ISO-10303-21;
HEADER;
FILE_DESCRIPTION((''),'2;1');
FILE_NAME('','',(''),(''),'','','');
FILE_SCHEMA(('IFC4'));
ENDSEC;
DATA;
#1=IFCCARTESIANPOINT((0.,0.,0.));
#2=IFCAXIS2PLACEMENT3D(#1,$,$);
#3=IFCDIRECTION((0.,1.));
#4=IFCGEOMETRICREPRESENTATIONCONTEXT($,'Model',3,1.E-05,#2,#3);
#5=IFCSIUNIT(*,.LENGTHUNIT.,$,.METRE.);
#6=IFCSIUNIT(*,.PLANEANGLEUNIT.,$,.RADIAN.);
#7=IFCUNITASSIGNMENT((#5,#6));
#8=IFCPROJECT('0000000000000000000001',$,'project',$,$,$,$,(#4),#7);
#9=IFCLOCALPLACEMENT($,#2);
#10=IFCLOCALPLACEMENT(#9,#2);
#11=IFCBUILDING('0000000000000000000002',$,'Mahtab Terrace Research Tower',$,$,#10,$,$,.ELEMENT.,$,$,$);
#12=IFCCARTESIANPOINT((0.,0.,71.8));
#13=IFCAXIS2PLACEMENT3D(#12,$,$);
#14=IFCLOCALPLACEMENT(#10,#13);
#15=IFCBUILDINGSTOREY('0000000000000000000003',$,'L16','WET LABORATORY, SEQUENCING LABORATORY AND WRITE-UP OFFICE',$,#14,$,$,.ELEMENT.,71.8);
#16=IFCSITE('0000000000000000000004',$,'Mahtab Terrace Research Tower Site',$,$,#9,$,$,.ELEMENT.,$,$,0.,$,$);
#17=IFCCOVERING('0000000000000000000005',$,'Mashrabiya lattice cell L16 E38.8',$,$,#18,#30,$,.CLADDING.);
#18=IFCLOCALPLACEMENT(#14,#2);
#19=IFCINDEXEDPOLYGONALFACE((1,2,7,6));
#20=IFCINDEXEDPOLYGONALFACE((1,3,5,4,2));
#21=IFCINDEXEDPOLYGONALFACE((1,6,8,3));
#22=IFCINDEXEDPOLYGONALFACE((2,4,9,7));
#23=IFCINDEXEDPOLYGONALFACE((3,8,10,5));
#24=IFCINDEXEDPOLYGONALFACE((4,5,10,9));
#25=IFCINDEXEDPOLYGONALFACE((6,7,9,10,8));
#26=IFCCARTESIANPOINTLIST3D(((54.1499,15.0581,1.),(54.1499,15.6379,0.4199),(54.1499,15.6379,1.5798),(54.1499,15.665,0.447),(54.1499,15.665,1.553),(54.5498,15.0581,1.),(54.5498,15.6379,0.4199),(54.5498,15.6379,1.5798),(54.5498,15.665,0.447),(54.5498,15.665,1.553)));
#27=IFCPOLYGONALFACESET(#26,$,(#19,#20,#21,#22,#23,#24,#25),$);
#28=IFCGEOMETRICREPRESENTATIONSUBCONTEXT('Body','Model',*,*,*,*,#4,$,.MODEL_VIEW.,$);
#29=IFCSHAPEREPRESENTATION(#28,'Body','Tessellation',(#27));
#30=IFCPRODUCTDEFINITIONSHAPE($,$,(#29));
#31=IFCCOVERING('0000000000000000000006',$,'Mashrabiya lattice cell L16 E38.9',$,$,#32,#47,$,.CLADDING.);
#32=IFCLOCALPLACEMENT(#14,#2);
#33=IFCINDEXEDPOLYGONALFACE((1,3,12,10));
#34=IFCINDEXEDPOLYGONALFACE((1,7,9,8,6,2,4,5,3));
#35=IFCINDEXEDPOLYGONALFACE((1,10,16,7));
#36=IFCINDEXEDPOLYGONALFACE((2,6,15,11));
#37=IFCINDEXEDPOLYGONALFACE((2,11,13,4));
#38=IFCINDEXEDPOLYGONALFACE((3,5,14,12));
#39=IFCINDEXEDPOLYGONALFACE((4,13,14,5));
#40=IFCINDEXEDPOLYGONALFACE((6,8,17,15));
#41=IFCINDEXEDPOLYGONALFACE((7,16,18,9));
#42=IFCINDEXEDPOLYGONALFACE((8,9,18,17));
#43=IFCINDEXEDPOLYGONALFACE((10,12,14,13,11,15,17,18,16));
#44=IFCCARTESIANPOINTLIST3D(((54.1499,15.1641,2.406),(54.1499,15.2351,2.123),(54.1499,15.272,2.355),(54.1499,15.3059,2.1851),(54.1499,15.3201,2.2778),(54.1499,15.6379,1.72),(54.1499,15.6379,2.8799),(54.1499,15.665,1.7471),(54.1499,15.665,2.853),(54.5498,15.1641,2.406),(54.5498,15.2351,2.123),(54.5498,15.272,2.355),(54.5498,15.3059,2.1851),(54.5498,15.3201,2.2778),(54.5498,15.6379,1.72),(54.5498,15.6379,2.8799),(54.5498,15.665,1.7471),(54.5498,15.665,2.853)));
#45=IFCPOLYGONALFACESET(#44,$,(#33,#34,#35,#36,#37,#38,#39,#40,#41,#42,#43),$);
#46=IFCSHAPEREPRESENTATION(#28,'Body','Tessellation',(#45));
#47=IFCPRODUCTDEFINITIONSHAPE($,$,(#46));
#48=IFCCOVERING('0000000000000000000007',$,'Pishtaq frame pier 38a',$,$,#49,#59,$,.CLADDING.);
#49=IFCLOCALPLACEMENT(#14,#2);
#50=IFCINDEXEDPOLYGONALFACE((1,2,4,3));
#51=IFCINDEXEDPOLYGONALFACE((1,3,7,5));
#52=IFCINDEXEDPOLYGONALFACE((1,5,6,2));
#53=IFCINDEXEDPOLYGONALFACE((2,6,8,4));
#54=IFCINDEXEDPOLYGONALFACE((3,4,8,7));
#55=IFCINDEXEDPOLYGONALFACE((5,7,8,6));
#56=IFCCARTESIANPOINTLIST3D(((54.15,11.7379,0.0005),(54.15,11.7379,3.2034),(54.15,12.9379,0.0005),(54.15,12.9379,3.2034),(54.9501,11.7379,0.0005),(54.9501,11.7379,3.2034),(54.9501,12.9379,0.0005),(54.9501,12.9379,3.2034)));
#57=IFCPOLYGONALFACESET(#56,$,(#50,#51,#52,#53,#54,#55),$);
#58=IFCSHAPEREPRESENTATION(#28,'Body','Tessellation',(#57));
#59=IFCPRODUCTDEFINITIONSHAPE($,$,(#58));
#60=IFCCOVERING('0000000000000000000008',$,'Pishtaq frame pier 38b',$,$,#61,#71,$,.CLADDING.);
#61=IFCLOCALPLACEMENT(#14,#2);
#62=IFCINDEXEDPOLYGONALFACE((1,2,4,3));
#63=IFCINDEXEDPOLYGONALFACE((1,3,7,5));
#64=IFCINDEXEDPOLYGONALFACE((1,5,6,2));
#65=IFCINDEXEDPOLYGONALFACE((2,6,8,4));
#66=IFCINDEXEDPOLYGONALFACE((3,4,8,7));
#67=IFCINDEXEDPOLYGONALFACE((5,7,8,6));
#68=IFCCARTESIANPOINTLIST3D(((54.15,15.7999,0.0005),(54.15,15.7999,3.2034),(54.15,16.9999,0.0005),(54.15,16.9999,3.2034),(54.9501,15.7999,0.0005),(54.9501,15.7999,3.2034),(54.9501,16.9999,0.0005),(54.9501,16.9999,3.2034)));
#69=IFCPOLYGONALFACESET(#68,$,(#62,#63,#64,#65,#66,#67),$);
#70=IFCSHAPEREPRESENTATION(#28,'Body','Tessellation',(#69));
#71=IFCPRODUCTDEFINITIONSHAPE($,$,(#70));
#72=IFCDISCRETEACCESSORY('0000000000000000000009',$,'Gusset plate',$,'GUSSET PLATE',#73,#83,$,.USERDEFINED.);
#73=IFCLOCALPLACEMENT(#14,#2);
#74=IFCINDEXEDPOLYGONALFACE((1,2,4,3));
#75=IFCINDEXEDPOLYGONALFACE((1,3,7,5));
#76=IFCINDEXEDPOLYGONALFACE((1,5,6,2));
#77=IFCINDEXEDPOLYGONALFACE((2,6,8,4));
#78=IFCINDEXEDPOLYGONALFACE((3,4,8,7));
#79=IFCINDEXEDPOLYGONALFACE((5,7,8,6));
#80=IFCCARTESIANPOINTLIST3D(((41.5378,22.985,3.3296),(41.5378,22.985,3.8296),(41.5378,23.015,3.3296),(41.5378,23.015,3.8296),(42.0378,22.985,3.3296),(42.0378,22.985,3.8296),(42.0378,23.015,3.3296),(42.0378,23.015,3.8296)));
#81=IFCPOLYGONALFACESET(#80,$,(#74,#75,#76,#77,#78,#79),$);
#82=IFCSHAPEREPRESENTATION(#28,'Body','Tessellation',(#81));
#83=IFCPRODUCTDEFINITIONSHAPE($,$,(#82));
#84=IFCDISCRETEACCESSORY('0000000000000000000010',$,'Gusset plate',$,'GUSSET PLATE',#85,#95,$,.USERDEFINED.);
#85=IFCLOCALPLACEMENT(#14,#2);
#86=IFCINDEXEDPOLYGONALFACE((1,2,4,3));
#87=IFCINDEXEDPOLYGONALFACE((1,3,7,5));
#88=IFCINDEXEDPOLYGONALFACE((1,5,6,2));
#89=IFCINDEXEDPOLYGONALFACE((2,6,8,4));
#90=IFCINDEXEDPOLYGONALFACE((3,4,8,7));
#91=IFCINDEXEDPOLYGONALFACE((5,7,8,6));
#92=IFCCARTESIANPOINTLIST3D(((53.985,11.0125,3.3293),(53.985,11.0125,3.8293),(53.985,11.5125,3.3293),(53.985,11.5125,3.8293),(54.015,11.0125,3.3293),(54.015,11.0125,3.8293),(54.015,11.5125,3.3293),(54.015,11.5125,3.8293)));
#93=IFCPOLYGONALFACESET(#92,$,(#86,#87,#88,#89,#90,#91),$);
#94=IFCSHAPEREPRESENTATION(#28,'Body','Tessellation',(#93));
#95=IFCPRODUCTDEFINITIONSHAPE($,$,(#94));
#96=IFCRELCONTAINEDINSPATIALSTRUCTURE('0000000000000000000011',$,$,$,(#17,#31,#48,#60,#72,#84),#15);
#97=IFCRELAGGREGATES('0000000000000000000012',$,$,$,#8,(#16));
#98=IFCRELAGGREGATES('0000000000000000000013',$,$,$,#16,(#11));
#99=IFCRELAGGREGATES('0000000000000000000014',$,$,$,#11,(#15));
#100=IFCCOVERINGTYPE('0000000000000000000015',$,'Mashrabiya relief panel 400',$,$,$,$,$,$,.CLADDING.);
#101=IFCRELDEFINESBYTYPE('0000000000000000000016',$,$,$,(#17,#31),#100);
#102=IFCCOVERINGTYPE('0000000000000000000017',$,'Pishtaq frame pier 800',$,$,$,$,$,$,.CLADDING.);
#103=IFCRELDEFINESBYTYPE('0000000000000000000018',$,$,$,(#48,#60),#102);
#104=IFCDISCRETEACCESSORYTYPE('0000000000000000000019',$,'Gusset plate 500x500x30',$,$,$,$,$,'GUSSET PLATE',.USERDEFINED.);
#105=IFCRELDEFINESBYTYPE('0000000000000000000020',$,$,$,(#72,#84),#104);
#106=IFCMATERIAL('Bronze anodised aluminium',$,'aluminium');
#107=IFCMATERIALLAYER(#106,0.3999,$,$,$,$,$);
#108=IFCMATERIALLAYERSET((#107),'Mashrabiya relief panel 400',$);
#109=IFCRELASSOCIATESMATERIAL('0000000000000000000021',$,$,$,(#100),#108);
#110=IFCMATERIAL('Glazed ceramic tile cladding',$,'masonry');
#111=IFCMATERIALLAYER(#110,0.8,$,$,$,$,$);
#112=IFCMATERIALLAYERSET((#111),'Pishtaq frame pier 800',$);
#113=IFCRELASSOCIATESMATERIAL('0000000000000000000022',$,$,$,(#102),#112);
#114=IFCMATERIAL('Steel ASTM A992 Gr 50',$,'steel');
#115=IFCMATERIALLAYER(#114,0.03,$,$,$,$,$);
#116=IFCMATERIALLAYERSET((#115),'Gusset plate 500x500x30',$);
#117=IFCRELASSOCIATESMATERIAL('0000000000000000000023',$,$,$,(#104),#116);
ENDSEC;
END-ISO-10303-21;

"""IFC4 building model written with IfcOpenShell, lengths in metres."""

from ifc_helpers import new_model, si_unit, direction, frame, origin, origin_2d, place, context, subcontext, project, spatial, polyline, rectangle, outline, extrude, material, layer, layer_set, type_object, element, save


model = new_model("IFC4")

# Units and contexts
model_context = context("Model", 3, precision=1e-05, world=origin(), true_north=direction((0.0, 1.0)))
body_context = subcontext(model_context, "Body", "Model", "MODEL_VIEW")
ifc_project = project(units=[si_unit("LENGTHUNIT", "METRE"), si_unit("PLANEANGLEUNIT", "RADIAN")], contexts=[model_context])

# Site, building, storey
site_placement = place(None, origin())
site = spatial("IfcSite", under=ifc_project, at=site_placement, Name="Mahtab Terrace Research Tower Site", CompositionType="ELEMENT", RefElevation=0.0)
building_placement = place(site_placement, origin())
building = spatial("IfcBuilding", under=site, at=building_placement, Name="Mahtab Terrace Research Tower", CompositionType="ELEMENT")
storey_placement = place(building_placement, frame((0.0, 0.0, 71.8)))
storey = spatial("IfcBuildingStorey", under=building, at=storey_placement, Name="L16", Description="WET LABORATORY, SEQUENCING LABORATORY AND WRITE-UP OFFICE", CompositionType="ELEMENT", Elevation=71.8)

# Shared definitions
ifc_material_1 = material(Name="Steel ASTM A992 Gr 50", Category="steel")

# Coverings
ifc_material_2 = material(Name="Bronze anodised aluminium", Category="aluminium")
ifc_layer_1 = layer(ifc_material_2, 0.3999)
ifc_layer_set_1 = layer_set([ifc_layer_1], Name="Mashrabiya relief panel 400")
covering_type_1 = type_object("IfcCoveringType", Name="Mashrabiya relief panel 400", PredefinedType="CLADDING", material=ifc_layer_set_1)
covering_1_placement = place(storey_placement, frame((54.1499, 15.6379, 0.4199), z_axis=(-1.0, 0.0, 0.0), x_axis=(0.0, -0.706958, 0.707256)))
element("IfcCovering", 1, at=covering_1_placement, inside=storey, type_object=covering_type_1, Name="Mashrabiya lattice cell L16 E38.8", PredefinedType="CLADDING", context=body_context, shape_type="SweptSolid", body=[
    extrude(outline(polyline([(0.0, 0.0), (0.8202, 0.0), (0.8204, 0.82), (0.7822, 0.8202), (0.0, 0.0383), (0.0, 0.0)])), origin(), (0.0, 0.0, -1.0), 0.3999),
])
covering_2_placement = place(storey_placement, frame((54.1499, 15.6379, 1.72), z_axis=(-1.0, 0.0, 0.0), x_axis=(0.0, -0.706893, 0.707321)))
element("IfcCovering", 2, at=covering_2_placement, inside=storey, type_object=covering_type_1, Name="Mashrabiya lattice cell L16 E38.9", PredefinedType="CLADDING", context=body_context, shape_type="SweptSolid", body=[
    extrude(outline(polyline([(0.0, 0.0), (0.5699, 0.0), (0.5637, 0.0939), (0.6193, 0.1695), (0.7079, 0.19), (0.8202, 0.1498), (0.8204, 0.8199), (0.7823, 0.8201), (0.0, 0.0383), (0.0, 0.0)])), origin(), (0.0, 0.0, -1.0), 0.3999),
])
ifc_material_3 = material(Name="Glazed ceramic tile cladding", Category="masonry")
ifc_layer_2 = layer(ifc_material_3, 0.8)
ifc_layer_set_2 = layer_set([ifc_layer_2], Name="Pishtaq frame pier 800")
covering_type_2 = type_object("IfcCoveringType", Name="Pishtaq frame pier 800", PredefinedType="CLADDING", material=ifc_layer_set_2)
for number, where, z_axis, x_axis, name in (
    (3, (54.55, 12.3379, 0.0005), (0.0, 0.0, 1.0), (0.0, 1.0, 0.0), "Pishtaq frame pier 38a"),
    (4, (54.55, 16.3999, 0.0005), (0.0, 0.0, 1.0), (0.0, 1.0, 0.0), "Pishtaq frame pier 38b"),
):
    element("IfcCovering", number, at=place(storey_placement, frame(where, z_axis=z_axis, x_axis=x_axis)), inside=storey, type_object=covering_type_2, Name=name, PredefinedType="CLADDING", context=body_context, shape_type="SweptSolid", body=[
        extrude(rectangle(XDim=1.2, YDim=0.8, at=origin_2d()), origin(), (0.0, 0.0, 1.0), 3.2029),
    ])

# Discrete accessories
ifc_layer_3 = layer(ifc_material_1, 0.03)
ifc_layer_set_3 = layer_set([ifc_layer_3], Name="Gusset plate 500x500x30")
discrete_accessory_type = type_object("IfcDiscreteAccessoryType", Name="Gusset plate 500x500x30", ElementType="GUSSET PLATE", PredefinedType="USERDEFINED", material=ifc_layer_set_3)
for number, where, z_axis, x_axis, name in (
    (5, (41.7878, 23.0, 3.3296), (0.0, 0.0, 1.0), (1.0, 0.0, 0.0), "Gusset plate"),
    (6, (54.0, 11.2625, 3.3293), (0.0, 0.0, 1.0), (0.0, 1.0, 0.0), "Gusset plate"),
):
    element("IfcDiscreteAccessory", number, at=place(storey_placement, frame(where, z_axis=z_axis, x_axis=x_axis)), inside=storey, type_object=discrete_accessory_type, Name=name, ObjectType="GUSSET PLATE", PredefinedType="USERDEFINED", context=body_context, shape_type="SweptSolid", body=[
        extrude(rectangle(XDim=0.5, YDim=0.03, at=origin_2d()), origin(), (0.0, 0.0, 1.0), 0.5),
    ])

save(model, "model.ifc")
